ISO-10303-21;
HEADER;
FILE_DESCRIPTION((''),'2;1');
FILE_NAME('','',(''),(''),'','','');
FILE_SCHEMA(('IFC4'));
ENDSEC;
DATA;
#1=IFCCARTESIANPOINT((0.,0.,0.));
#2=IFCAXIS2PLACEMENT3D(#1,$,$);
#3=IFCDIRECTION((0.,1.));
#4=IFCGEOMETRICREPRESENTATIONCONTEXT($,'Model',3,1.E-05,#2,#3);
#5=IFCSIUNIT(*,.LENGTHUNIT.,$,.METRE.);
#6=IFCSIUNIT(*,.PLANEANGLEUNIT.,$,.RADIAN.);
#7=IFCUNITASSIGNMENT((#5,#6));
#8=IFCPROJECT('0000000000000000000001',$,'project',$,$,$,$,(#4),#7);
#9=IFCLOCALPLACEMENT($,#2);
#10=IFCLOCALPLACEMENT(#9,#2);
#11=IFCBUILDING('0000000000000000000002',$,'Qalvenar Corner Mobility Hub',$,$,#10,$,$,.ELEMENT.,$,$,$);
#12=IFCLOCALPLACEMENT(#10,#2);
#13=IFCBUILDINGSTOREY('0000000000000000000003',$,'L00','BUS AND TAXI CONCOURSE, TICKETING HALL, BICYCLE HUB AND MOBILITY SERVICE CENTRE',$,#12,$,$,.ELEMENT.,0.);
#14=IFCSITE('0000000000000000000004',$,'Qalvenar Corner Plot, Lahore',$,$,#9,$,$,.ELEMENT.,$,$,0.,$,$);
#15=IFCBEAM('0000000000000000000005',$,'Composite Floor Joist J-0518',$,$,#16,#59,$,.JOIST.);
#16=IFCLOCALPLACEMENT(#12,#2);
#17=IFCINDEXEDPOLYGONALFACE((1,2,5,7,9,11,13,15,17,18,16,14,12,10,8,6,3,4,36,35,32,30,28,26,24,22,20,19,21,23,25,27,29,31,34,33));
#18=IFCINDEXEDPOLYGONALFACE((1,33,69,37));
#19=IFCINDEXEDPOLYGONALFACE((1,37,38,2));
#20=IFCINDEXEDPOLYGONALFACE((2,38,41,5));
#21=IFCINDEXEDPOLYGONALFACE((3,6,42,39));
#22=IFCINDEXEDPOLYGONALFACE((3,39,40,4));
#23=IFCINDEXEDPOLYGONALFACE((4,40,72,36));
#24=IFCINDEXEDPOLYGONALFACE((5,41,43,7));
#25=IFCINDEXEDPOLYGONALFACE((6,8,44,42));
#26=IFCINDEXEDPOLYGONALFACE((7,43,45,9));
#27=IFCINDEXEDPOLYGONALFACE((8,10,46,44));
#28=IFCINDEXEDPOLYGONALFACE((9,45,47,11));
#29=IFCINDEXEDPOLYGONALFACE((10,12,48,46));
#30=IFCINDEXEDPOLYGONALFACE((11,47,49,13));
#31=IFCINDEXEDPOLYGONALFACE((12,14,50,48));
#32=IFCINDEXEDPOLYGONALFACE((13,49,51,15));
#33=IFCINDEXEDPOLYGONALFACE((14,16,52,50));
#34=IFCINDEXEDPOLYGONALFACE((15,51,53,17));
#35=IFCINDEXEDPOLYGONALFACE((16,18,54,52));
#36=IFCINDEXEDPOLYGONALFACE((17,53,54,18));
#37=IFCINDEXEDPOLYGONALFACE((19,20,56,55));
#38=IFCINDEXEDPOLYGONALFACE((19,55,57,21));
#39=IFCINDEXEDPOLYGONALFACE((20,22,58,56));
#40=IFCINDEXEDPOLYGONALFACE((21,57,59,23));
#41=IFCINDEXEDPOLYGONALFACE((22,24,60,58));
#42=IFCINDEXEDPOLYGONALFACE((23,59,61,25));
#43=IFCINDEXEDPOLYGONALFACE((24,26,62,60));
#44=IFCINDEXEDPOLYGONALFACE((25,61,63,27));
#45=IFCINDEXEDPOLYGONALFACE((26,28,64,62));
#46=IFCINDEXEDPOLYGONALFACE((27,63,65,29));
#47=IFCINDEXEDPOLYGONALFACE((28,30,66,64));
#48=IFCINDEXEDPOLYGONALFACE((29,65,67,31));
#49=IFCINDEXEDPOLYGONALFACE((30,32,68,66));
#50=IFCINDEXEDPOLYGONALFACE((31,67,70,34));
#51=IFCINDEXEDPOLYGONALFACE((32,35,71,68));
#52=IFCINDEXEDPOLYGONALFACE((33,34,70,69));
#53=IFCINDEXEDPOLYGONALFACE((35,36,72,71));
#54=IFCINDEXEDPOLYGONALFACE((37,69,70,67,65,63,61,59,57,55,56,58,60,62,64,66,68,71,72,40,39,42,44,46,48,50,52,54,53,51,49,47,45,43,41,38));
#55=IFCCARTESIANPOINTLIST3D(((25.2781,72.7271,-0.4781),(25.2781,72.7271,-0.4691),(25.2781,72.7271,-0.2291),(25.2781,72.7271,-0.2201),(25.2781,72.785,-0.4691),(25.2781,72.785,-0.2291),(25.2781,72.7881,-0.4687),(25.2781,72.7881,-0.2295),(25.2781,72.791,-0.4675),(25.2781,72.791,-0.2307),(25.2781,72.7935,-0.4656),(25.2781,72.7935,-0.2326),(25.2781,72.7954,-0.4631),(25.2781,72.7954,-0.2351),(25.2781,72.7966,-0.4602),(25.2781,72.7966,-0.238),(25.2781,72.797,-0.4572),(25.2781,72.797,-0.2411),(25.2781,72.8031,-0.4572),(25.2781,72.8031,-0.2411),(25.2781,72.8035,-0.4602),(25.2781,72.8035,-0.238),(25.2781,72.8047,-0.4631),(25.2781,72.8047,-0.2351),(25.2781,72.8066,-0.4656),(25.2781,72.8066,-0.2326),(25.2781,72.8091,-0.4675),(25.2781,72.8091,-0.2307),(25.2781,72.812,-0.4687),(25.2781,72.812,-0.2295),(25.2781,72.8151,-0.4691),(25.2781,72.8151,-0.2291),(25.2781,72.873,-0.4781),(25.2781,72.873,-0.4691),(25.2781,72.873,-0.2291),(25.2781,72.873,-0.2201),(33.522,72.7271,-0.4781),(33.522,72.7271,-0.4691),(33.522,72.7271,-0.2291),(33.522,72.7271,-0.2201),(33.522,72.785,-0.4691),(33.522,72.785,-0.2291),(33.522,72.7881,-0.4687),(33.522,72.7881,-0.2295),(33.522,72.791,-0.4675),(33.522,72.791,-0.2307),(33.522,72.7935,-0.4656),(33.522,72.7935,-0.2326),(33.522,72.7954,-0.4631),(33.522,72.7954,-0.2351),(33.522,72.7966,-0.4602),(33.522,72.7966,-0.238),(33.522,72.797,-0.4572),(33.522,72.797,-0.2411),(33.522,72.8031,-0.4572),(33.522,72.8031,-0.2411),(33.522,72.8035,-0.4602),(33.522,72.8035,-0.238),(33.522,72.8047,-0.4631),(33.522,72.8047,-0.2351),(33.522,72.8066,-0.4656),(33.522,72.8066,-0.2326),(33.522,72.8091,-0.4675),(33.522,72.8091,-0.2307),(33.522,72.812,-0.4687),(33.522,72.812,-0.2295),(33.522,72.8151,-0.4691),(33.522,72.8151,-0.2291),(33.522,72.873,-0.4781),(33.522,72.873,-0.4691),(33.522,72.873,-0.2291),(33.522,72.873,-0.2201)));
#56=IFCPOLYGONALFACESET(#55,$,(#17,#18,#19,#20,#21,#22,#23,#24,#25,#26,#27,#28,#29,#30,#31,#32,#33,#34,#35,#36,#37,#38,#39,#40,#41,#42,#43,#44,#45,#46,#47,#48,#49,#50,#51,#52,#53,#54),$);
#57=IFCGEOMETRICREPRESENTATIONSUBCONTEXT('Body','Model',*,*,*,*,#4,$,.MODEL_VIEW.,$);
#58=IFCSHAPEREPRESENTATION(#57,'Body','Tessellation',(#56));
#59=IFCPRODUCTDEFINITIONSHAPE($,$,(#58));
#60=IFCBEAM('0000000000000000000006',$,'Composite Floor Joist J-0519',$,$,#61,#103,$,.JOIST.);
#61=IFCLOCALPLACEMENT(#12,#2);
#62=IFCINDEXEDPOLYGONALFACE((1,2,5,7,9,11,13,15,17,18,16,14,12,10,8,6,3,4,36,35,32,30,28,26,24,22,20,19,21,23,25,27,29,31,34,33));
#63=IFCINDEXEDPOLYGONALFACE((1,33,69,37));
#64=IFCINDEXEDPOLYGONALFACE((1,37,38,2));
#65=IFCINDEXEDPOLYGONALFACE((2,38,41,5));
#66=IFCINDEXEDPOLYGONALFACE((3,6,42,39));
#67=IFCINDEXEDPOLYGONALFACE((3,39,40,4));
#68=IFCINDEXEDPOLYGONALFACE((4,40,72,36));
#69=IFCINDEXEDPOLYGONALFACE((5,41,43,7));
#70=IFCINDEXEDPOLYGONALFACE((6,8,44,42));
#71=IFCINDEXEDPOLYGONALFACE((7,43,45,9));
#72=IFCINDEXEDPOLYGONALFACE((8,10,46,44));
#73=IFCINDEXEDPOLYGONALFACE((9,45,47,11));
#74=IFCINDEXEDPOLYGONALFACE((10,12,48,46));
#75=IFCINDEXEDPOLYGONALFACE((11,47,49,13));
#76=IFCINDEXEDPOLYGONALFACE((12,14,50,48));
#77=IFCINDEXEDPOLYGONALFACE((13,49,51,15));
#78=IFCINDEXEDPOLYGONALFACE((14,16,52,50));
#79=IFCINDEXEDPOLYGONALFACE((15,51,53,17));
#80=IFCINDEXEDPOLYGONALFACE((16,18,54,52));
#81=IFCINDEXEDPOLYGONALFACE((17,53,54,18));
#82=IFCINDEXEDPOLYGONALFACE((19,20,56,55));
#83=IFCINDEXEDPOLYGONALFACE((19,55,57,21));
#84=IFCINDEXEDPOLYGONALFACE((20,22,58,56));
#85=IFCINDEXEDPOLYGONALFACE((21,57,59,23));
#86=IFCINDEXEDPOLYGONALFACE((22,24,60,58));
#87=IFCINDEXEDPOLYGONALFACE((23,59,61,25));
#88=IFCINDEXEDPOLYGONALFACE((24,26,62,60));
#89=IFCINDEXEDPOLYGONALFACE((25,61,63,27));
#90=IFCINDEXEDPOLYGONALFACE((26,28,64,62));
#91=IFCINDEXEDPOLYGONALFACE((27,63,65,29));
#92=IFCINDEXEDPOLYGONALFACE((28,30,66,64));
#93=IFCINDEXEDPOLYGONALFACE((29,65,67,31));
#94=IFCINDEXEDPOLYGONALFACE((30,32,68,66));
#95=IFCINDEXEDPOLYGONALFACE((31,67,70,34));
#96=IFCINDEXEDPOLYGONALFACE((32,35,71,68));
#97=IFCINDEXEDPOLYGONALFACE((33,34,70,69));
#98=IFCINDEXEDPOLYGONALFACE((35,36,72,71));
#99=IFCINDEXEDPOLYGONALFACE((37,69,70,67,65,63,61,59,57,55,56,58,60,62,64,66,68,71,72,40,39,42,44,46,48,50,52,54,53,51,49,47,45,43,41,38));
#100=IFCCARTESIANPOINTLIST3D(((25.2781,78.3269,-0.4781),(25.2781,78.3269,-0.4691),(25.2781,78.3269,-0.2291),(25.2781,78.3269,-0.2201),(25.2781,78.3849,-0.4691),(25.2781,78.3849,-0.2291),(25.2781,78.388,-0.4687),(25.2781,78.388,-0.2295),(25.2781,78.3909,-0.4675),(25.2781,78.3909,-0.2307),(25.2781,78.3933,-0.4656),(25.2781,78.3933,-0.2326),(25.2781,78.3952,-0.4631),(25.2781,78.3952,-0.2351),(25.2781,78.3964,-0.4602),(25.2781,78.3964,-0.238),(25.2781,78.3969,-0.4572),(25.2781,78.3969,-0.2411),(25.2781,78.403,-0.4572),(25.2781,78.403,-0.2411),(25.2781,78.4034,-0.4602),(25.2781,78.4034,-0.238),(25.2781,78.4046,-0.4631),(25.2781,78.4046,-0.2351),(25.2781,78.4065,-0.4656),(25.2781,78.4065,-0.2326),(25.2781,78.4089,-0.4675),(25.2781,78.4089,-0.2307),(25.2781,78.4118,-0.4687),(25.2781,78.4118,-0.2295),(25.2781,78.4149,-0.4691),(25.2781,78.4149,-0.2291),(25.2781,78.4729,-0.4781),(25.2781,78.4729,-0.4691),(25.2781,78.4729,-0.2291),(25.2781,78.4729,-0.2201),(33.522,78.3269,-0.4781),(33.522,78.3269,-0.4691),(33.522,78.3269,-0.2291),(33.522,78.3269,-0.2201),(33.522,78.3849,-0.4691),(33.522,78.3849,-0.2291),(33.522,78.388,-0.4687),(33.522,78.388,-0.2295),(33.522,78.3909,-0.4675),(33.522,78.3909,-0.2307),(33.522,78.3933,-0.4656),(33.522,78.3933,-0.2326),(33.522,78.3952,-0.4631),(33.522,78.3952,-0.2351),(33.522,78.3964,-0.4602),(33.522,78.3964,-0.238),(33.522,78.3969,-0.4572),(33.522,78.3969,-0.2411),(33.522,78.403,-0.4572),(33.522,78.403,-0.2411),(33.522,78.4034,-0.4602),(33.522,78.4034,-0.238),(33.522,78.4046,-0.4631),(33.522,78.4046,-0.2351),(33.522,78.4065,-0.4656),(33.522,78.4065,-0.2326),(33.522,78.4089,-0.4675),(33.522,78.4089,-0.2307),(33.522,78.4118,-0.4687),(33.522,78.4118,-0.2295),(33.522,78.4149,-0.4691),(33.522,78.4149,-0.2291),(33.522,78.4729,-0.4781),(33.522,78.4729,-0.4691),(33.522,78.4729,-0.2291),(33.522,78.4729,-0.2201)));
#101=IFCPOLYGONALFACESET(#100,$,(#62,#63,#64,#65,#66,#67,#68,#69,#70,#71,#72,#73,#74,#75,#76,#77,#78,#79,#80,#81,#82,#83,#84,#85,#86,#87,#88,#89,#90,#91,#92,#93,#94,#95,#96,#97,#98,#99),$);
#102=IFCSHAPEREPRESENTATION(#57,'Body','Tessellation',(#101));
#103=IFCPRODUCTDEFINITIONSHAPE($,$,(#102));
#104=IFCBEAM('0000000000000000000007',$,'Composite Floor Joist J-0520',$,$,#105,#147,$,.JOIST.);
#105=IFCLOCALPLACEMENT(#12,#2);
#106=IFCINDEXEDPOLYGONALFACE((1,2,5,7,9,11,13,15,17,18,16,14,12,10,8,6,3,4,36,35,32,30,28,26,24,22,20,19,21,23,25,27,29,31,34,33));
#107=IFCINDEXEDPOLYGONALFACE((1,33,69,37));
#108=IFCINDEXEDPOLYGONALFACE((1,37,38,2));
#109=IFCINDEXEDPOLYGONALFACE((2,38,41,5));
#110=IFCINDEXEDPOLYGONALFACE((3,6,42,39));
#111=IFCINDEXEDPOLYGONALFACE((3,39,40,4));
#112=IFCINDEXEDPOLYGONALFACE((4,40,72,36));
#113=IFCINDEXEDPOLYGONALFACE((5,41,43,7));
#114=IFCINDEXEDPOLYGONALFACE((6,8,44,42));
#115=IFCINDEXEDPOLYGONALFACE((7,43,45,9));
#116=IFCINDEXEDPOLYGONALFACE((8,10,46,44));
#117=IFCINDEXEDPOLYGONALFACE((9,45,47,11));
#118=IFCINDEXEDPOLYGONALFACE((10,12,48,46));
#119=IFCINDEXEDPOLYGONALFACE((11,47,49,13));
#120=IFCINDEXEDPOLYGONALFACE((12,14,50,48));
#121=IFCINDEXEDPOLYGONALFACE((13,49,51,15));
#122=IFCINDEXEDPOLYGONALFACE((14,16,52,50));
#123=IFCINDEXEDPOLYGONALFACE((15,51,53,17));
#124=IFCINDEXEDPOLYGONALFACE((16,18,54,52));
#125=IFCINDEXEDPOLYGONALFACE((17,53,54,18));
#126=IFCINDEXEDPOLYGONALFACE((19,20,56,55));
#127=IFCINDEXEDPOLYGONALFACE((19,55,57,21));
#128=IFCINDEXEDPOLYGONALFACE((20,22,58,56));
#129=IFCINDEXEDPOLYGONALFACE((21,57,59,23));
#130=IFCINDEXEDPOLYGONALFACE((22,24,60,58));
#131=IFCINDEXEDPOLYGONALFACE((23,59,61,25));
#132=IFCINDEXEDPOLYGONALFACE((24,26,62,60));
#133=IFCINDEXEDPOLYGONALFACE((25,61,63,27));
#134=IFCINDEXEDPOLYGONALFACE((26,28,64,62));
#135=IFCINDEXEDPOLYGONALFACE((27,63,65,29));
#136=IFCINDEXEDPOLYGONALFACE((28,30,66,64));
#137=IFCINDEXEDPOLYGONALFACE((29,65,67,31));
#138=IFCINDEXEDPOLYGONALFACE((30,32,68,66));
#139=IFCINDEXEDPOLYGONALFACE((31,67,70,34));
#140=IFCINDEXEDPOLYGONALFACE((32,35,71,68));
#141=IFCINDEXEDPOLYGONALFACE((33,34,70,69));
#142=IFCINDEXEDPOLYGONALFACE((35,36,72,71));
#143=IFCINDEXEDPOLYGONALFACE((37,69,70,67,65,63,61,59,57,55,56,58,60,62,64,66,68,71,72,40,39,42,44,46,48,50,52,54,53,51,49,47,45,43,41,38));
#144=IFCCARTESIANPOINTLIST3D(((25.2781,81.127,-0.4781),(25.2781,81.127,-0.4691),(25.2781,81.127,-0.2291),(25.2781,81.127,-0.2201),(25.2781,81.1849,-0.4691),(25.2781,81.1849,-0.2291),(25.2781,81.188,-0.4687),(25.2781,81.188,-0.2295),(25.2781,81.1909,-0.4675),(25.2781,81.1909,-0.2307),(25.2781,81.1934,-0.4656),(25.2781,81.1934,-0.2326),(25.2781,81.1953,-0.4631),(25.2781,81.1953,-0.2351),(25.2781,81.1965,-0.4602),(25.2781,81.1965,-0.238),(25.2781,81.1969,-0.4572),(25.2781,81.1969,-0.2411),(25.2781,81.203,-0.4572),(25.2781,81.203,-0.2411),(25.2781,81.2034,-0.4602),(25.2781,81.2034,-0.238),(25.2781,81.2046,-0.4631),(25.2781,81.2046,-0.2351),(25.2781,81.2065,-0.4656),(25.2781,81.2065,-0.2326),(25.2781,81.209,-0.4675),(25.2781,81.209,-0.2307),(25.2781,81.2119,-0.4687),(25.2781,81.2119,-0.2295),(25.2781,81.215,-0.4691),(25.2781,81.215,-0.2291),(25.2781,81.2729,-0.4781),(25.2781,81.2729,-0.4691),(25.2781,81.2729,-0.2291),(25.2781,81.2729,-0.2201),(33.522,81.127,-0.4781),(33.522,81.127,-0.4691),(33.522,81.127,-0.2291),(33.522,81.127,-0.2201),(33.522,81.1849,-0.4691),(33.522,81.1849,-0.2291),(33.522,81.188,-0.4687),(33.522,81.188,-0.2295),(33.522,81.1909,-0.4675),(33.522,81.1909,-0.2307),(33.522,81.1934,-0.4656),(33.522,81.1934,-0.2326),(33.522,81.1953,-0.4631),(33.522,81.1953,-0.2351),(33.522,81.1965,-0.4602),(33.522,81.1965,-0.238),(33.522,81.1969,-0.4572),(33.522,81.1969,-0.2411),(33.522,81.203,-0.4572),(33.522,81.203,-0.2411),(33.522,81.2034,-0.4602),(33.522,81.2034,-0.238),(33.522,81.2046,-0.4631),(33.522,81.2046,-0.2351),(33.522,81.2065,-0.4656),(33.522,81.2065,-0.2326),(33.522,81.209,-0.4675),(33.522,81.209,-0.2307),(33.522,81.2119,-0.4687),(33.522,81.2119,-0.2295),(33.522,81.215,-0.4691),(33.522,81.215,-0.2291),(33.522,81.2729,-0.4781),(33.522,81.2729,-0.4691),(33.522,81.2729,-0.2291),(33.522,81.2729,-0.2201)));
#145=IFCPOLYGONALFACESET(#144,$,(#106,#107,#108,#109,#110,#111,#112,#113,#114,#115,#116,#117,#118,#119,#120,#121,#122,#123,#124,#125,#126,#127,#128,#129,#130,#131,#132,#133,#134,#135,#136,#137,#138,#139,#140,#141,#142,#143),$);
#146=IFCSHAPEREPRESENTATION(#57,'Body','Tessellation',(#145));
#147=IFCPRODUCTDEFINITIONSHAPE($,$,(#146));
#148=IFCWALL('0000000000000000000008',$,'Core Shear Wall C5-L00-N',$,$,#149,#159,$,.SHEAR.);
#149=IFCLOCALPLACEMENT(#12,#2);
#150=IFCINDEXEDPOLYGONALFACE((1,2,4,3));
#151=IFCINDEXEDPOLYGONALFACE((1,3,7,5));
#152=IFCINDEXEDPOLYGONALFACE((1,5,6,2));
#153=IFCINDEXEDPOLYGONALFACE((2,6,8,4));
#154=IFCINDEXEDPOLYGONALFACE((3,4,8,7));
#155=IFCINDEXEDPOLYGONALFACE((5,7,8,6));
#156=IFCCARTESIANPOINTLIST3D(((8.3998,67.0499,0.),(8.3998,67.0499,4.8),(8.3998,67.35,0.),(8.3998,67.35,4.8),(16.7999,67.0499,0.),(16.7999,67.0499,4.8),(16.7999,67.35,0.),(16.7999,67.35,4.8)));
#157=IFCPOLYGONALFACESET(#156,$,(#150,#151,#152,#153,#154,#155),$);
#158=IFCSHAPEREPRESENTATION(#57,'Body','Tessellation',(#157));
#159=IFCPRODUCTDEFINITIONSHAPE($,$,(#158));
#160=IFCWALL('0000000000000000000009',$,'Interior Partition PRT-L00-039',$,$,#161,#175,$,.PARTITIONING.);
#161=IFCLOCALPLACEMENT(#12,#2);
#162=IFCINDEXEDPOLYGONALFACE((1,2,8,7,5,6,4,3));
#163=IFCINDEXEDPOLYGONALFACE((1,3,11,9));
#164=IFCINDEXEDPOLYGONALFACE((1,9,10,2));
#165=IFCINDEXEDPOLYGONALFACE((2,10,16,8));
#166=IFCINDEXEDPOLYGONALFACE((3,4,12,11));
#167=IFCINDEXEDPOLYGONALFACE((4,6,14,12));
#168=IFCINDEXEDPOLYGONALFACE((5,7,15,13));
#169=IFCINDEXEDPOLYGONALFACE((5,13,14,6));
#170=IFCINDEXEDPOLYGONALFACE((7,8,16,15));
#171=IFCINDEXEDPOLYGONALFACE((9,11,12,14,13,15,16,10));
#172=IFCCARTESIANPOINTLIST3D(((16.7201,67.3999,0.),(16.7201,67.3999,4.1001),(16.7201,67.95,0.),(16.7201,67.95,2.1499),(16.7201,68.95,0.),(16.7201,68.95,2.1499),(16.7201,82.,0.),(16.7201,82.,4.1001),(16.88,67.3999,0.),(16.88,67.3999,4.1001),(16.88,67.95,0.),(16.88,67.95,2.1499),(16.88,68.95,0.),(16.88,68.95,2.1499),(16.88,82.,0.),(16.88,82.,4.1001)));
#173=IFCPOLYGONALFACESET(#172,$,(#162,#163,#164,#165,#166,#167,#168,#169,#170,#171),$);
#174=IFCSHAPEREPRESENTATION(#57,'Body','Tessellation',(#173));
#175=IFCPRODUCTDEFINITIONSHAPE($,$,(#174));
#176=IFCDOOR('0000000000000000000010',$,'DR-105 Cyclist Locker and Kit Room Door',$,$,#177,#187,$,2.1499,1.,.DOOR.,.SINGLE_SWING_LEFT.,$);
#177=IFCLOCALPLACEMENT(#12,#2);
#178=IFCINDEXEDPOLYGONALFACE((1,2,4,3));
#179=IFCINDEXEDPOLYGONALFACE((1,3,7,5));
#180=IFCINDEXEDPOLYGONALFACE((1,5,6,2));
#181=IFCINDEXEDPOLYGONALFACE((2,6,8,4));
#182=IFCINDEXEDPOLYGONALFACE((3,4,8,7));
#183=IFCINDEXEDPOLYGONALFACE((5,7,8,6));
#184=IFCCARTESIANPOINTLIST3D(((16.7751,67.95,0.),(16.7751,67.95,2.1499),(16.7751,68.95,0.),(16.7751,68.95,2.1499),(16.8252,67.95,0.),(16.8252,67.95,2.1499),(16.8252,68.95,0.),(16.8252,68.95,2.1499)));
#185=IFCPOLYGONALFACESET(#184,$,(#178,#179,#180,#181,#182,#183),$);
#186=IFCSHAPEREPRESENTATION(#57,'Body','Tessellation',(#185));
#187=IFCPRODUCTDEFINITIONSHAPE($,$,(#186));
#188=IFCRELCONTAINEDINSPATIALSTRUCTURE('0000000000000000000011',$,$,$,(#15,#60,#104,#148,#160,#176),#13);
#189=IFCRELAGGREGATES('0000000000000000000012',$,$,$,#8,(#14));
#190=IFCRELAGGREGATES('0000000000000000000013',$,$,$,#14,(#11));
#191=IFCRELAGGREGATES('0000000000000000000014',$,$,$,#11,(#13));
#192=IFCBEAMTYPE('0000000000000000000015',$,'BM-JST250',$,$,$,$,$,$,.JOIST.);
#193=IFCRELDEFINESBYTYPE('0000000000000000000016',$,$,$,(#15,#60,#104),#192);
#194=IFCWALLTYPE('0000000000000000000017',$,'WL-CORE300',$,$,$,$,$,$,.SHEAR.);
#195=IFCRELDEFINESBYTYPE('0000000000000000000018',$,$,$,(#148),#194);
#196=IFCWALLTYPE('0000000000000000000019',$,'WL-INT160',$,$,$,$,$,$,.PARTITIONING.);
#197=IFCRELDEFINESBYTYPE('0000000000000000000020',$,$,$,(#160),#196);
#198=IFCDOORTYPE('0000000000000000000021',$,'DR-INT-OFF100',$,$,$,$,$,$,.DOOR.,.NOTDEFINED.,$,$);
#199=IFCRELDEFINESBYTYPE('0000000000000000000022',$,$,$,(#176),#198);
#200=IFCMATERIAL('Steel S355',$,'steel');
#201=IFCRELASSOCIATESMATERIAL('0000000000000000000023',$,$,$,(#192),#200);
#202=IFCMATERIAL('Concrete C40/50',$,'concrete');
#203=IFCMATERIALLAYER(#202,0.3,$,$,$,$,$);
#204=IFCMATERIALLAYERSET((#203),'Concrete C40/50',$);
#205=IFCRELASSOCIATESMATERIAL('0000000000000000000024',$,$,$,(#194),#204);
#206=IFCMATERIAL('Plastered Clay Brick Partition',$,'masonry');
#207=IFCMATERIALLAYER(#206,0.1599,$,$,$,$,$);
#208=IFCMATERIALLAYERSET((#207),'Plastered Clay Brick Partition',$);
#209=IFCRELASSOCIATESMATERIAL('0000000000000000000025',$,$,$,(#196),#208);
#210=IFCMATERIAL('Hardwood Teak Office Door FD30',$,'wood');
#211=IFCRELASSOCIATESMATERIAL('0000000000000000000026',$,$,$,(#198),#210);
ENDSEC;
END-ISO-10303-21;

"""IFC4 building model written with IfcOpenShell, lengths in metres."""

from ifc_helpers import new_model, si_unit, direction, frame, frame_2d, origin, origin_2d, place, context, subcontext, project, spatial, rectangle, i_section, extrude, material, layer, layer_set, material_profile, profile_set, type_object, element, fill, save


model = new_model("IFC4")

# Units and contexts
model_context = context("Model", 3, precision=1e-05, world=origin(), true_north=direction((0.0, 1.0)))
body_context = subcontext(model_context, "Body", "Model", "MODEL_VIEW")
ifc_project = project(units=[si_unit("LENGTHUNIT", "METRE"), si_unit("PLANEANGLEUNIT", "RADIAN")], contexts=[model_context])

# Site, building, storey
site_placement = place(None, origin())
site = spatial("IfcSite", under=ifc_project, at=site_placement, Name="Qalvenar Corner Plot, Lahore", CompositionType="ELEMENT", RefElevation=0.0)
building_placement = place(site_placement, origin())
building = spatial("IfcBuilding", under=site, at=building_placement, Name="Qalvenar Corner Mobility Hub", CompositionType="ELEMENT")
storey_placement = place(building_placement, origin())
storey = spatial("IfcBuildingStorey", under=building, at=storey_placement, Name="L00", Description="BUS AND TAXI CONCOURSE, TICKETING HALL, BICYCLE HUB AND MOBILITY SERVICE CENTRE", CompositionType="ELEMENT", Elevation=0.0)

# Shared definitions
ifc_material_1 = material(Name="Steel S355", Category="steel")

# Beams
ifc_material_profile_1 = material_profile(ifc_material_1, i_section(OverallWidth=0.146, OverallDepth=0.2581, WebThickness=0.0061, FlangeThickness=0.009, FilletRadius=0.012, at=origin_2d()), Name="W250x32.7")
ifc_profile_set_1 = profile_set([ifc_material_profile_1], Name="Steel S355")
beam_type_1 = type_object("IfcBeamType", Name="BM-JST250", PredefinedType="JOIST", material=ifc_profile_set_1)
for number, where, z_axis, x_axis, name in (
    (1, (25.2781, 72.8, -0.3491), (1.0, 0.0, 0.0), (0.0, 1.0, 0.0), "Composite Floor Joist J-0518"),
    (2, (25.2781, 78.3999, -0.3491), (1.0, 0.0, 0.0), (0.0, 1.0, 0.0), "Composite Floor Joist J-0519"),
    (3, (25.2781, 81.2, -0.3491), (1.0, 0.0, 0.0), (0.0, 1.0, 0.0), "Composite Floor Joist J-0520"),
):
    element("IfcBeam", number, at=place(storey_placement, frame(where, z_axis=z_axis, x_axis=x_axis)), inside=storey, type_object=beam_type_1, Name=name, PredefinedType="JOIST", context=body_context, shape_type="SweptSolid", body=[
        extrude(i_section(OverallWidth=0.146, OverallDepth=0.2581, WebThickness=0.0061, FlangeThickness=0.009, FilletRadius=0.012, at=origin_2d()), origin(), (0.0, 0.0, 1.0), 8.2439),
    ])

# Wall
ifc_material_2 = material(Name="Concrete C40/50", Category="concrete")
ifc_layer_1 = layer(ifc_material_2, 0.3)
ifc_layer_set_1 = layer_set([ifc_layer_1], Name="Concrete C40/50")
wall_type_1 = type_object("IfcWallType", Name="WL-CORE300", PredefinedType="SHEAR", material=ifc_layer_set_1)
wall_1_placement = place(storey_placement, frame((16.8, 67.2, 0.0), z_axis=(0.0, 0.0, 1.0), x_axis=(-1.0, 0.0, 0.0)))
element("IfcWall", 4, at=wall_1_placement, inside=storey, type_object=wall_type_1, Name="Core Shear Wall C5-L00-N", PredefinedType="SHEAR", context=body_context, shape_type="SweptSolid", body=[
    extrude(rectangle(XDim=8.4001, YDim=0.3, at=frame_2d((4.2002, 0.0))), origin(), (0.0, 0.0, 1.0), 4.8),
])

# Wall, opening, door
ifc_material_3 = material(Name="Plastered Clay Brick Partition", Category="masonry")
ifc_layer_2 = layer(ifc_material_3, 0.1599)
ifc_layer_set_2 = layer_set([ifc_layer_2], Name="Plastered Clay Brick Partition")
wall_type_2 = type_object("IfcWallType", Name="WL-INT160", PredefinedType="PARTITIONING", material=ifc_layer_set_2)
wall_2_placement = place(storey_placement, frame((16.8, 67.3999, 0.0), z_axis=(0.0, 0.0, 1.0), x_axis=(0.0, 1.0, 0.0)))
wall_2 = element("IfcWall", 5, at=wall_2_placement, inside=storey, type_object=wall_type_2, Name="Interior Partition PRT-L00-039", PredefinedType="PARTITIONING", context=body_context, shape_type="SweptSolid", body=[
    extrude(rectangle(XDim=14.6001, YDim=0.1599, at=frame_2d((7.3, 0.0))), origin(), (0.0, 0.0, 1.0), 4.1001),
])
opening_placement = place(wall_2_placement, frame((0.55, 0.0, 0.0)))
opening = element("IfcOpeningElement", 6, at=opening_placement, cuts=wall_2, PredefinedType="OPENING", context=body_context, shape_type="SweptSolid", body=[
    extrude(rectangle(XDim=1.0, YDim=2.1499, at=frame_2d((0.5, 1.075))), frame((0.0, 0.0898, 0.0), z_axis=(0.0, -1.0, 0.0), x_axis=(1.0, 0.0, 0.0)), (0.0, 0.0, 1.0), 0.1799),
])
ifc_material_4 = material(Name="Hardwood Teak Office Door FD30", Category="wood")
door_type = type_object("IfcDoorType", Name="DR-INT-OFF100", OperationType="NOTDEFINED", PredefinedType="DOOR", material=ifc_material_4)
door_placement = place(opening_placement, origin())
door = element("IfcDoor", 7, at=door_placement, inside=storey, type_object=door_type, Name="DR-105 Cyclist Locker and Kit Room Door", OperationType="SINGLE_SWING_LEFT", OverallHeight=2.1499, OverallWidth=1.0, PredefinedType="DOOR", context=body_context, shape_type="SweptSolid", body=[
    extrude(rectangle(XDim=1.0, YDim=2.1499, at=frame_2d((0.5, 1.075))), frame((0.0, 0.0249, 0.0), z_axis=(0.0, -1.0, 0.0), x_axis=(1.0, 0.0, 0.0)), (0.0, 0.0, 1.0), 0.05),
])
fill(opening, door)

save(model, "model.ifc")
